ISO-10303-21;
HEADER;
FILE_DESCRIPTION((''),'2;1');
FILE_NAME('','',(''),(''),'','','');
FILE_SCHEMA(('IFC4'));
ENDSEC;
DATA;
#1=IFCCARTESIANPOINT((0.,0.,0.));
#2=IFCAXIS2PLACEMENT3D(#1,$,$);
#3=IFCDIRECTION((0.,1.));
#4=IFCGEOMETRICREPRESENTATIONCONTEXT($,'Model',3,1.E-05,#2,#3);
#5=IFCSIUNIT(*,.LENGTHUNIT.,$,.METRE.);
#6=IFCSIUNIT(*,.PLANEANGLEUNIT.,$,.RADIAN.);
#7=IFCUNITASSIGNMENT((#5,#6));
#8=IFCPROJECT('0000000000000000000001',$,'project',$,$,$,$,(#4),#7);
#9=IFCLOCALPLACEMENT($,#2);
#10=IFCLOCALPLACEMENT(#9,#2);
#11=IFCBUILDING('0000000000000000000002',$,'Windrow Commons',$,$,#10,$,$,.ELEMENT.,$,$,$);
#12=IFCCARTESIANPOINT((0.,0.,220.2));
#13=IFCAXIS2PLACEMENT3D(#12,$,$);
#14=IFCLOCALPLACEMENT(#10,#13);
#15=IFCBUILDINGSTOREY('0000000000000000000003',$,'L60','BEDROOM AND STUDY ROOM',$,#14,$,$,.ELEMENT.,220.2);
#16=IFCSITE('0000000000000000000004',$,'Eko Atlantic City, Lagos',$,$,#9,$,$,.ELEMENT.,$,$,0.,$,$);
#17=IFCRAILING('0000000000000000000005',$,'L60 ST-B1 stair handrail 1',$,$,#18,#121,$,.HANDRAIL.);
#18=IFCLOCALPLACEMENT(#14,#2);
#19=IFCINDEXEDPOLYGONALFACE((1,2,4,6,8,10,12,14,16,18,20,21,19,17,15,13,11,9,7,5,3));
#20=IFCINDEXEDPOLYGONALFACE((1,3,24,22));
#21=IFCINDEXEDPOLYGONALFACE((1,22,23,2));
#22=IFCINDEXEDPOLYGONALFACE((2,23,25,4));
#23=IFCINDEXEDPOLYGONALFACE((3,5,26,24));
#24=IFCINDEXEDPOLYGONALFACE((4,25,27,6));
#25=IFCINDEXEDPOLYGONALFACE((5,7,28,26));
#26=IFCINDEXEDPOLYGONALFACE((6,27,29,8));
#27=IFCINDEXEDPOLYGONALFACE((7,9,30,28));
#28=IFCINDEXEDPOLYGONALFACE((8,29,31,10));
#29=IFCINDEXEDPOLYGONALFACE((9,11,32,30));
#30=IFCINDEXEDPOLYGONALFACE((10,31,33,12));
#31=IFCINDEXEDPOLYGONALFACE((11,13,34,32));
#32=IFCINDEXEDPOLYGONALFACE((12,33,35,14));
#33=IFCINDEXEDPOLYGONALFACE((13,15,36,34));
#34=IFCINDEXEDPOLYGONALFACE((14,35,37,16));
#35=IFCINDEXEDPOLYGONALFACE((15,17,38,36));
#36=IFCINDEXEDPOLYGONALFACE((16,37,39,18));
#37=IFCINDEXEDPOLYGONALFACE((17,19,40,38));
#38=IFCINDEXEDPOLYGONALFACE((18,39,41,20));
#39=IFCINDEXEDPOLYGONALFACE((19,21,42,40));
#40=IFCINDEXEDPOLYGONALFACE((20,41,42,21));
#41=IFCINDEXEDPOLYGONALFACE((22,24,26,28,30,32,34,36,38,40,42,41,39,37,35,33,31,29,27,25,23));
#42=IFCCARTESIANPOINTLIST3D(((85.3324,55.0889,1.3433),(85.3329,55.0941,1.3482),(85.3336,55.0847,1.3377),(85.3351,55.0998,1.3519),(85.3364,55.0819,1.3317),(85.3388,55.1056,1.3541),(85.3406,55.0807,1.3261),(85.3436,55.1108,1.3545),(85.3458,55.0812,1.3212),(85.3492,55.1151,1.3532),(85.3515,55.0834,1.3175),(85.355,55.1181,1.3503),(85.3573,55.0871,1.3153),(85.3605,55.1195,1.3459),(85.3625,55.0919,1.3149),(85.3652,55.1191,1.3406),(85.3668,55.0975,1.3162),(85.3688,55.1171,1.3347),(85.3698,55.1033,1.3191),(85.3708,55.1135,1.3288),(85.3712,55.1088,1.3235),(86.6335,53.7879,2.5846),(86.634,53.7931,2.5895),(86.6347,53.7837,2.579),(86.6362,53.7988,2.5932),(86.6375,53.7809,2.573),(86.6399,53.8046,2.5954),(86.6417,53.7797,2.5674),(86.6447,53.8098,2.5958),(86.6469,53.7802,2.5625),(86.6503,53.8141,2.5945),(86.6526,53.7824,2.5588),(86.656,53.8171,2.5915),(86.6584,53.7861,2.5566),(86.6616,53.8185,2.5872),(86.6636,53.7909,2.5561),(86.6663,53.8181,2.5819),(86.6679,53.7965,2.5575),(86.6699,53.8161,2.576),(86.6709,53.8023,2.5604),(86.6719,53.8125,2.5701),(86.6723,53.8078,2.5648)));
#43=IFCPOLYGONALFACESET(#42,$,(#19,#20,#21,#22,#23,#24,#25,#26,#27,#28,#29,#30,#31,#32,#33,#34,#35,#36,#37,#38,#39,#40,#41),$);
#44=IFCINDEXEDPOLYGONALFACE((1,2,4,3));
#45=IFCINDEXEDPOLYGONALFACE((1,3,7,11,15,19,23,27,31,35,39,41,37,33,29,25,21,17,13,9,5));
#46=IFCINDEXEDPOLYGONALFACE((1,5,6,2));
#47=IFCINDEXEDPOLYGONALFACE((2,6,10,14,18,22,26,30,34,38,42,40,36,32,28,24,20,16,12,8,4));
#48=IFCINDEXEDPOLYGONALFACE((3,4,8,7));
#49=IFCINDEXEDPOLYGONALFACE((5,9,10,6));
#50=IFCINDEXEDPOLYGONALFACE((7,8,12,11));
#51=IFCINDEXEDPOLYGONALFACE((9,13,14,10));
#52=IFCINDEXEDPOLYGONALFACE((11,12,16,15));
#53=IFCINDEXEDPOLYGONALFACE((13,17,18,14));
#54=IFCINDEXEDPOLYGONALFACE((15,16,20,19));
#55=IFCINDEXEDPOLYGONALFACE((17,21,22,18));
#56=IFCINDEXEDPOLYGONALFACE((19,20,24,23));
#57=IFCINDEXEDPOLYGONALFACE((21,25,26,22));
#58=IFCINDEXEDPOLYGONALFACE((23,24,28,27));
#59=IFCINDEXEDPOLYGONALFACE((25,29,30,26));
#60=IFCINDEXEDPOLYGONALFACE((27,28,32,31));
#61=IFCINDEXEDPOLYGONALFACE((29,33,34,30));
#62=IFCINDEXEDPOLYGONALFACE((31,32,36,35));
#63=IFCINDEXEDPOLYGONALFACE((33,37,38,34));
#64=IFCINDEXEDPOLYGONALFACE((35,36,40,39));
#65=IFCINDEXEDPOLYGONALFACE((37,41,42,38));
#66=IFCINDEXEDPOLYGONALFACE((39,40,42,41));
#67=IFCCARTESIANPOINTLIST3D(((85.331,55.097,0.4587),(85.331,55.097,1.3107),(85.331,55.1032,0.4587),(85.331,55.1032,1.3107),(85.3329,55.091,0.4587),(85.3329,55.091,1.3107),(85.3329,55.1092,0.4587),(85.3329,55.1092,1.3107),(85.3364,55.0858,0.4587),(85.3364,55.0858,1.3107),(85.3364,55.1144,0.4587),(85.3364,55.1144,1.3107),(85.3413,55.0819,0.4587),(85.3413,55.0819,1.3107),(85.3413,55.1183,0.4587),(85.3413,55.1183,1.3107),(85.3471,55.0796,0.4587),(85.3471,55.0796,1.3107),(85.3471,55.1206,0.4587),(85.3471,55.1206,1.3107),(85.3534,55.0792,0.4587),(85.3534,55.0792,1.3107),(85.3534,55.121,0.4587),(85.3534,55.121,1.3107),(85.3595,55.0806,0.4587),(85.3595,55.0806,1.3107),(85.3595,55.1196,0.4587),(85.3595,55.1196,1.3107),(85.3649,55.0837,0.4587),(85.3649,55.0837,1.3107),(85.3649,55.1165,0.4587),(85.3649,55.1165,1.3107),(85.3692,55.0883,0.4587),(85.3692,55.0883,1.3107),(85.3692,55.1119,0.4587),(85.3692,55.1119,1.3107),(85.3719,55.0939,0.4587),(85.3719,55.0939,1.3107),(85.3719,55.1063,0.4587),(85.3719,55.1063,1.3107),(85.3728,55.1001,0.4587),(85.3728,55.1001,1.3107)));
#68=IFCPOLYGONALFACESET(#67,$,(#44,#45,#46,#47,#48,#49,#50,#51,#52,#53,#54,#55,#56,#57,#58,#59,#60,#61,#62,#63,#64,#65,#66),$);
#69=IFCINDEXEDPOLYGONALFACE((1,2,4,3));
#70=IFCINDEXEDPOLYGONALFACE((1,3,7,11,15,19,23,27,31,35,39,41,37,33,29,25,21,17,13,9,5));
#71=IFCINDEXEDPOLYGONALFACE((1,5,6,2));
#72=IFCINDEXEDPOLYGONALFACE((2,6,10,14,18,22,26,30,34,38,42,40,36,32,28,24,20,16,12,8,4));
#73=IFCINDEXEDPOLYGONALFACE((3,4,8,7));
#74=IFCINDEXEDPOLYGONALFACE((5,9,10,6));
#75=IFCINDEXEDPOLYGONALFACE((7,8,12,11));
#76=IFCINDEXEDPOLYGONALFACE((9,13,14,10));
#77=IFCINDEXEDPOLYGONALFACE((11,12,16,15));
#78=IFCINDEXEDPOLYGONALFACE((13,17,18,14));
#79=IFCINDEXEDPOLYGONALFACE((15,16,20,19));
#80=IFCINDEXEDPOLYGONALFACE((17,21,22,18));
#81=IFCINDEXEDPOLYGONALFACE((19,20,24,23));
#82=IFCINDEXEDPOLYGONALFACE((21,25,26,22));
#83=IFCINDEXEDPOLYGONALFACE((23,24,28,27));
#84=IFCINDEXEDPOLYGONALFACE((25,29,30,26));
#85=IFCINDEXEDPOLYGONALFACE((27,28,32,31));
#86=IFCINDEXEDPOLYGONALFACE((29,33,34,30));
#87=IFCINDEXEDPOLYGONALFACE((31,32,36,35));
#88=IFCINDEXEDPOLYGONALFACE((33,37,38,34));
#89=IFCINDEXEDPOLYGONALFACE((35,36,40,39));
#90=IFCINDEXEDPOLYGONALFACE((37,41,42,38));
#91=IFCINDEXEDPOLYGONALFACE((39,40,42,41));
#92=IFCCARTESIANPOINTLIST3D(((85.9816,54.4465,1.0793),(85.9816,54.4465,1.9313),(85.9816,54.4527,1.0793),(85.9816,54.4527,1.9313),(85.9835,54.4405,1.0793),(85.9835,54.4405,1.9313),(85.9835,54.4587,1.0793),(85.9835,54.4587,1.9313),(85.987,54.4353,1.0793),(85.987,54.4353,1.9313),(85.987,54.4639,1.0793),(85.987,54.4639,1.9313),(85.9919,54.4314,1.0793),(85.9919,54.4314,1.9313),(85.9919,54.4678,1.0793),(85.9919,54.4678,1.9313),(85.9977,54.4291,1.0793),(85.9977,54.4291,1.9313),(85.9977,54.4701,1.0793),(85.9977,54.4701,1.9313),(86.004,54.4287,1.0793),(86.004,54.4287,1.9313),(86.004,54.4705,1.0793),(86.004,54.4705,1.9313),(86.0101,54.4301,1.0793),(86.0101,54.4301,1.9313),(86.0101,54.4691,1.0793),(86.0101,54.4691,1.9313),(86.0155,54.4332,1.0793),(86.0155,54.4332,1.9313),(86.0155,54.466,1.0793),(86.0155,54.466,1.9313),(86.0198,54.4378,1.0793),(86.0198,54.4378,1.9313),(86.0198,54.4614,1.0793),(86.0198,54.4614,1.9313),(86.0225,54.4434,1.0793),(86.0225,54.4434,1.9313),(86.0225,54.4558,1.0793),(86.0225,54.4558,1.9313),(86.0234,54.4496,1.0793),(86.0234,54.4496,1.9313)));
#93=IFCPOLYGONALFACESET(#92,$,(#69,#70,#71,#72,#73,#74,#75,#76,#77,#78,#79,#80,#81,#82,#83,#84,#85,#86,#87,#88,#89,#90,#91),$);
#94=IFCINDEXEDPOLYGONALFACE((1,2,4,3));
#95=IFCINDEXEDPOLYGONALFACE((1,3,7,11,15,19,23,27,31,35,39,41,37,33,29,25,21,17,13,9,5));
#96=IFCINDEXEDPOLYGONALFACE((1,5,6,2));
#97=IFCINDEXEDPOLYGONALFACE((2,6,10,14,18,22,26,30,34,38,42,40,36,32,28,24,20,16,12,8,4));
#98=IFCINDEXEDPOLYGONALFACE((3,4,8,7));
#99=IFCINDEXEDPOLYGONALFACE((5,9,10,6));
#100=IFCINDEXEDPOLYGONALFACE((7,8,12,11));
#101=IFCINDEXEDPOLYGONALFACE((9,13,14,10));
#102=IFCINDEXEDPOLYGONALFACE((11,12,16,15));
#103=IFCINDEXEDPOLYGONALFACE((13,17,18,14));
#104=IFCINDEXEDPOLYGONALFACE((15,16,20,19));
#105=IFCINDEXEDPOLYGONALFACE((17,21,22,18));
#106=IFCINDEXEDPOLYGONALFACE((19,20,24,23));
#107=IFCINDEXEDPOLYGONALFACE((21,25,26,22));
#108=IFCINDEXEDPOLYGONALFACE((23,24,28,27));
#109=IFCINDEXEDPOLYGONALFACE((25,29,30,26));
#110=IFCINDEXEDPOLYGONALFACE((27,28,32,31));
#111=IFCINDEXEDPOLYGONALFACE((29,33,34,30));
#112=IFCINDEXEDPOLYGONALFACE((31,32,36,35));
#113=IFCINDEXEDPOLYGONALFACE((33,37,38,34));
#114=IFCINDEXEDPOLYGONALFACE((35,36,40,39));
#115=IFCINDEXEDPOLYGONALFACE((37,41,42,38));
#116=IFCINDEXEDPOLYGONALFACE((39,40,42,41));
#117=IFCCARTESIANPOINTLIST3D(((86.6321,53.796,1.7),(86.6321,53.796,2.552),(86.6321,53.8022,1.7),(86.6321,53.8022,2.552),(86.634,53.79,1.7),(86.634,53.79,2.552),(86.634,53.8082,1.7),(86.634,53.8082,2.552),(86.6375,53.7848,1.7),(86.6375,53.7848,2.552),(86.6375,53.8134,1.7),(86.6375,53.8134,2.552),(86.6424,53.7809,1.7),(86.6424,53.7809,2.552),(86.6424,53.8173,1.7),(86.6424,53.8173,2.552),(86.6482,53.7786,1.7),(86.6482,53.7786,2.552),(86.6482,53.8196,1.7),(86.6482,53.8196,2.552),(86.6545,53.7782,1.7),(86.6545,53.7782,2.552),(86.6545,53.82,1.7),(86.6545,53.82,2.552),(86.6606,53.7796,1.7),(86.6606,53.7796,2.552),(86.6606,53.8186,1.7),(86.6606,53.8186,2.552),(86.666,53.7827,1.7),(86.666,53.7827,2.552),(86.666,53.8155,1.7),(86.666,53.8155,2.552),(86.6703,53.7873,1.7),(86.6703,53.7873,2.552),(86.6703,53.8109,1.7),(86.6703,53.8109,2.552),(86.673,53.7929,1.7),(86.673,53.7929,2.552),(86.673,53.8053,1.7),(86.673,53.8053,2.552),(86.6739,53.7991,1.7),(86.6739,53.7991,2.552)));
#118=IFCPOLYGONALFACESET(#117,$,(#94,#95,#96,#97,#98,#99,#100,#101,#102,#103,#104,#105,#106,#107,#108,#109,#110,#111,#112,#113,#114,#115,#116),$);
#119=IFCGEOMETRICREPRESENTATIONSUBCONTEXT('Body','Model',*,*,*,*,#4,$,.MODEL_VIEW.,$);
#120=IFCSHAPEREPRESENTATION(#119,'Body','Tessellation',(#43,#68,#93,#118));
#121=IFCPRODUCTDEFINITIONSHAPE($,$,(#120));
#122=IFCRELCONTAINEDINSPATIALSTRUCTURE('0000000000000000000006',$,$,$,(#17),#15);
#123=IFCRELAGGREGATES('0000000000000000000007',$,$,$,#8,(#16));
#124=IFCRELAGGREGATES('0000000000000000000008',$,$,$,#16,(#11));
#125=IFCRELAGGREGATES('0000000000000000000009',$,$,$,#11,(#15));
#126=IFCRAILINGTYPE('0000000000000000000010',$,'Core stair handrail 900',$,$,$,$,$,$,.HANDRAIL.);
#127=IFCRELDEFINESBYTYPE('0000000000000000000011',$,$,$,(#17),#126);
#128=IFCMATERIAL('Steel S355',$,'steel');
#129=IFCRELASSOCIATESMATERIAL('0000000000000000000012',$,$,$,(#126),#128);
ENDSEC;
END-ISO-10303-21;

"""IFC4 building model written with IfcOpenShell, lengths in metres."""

from ifc_helpers import new_model, si_unit, direction, frame, origin, origin_2d, place, context, subcontext, project, spatial, circle, extrude, material, type_object, element, save


model = new_model("IFC4")

# Units and contexts
model_context = context("Model", 3, precision=1e-05, world=origin(), true_north=direction((0.0, 1.0)))
body_context = subcontext(model_context, "Body", "Model", "MODEL_VIEW")
ifc_project = project(units=[si_unit("LENGTHUNIT", "METRE"), si_unit("PLANEANGLEUNIT", "RADIAN")], contexts=[model_context])

# Site, building, storey
site_placement = place(None, origin())
site = spatial("IfcSite", under=ifc_project, at=site_placement, Name="Eko Atlantic City, Lagos", CompositionType="ELEMENT", RefElevation=0.0)
building_placement = place(site_placement, origin())
building = spatial("IfcBuilding", under=site, at=building_placement, Name="Windrow Commons", CompositionType="ELEMENT")
storey_placement = place(building_placement, frame((0.0, 0.0, 220.2)))
storey = spatial("IfcBuildingStorey", under=building, at=storey_placement, Name="L60", Description="BEDROOM AND STUDY ROOM", CompositionType="ELEMENT", Elevation=220.2)

# Railing
ifc_material_1 = material(Name="Steel S355", Category="steel")
railing_type_1 = type_object("IfcRailingType", Name="Core stair handrail 900", PredefinedType="HANDRAIL", material=ifc_material_1)
railing_1_placement = place(storey_placement, frame((85.3518, 55.1001, 0.4587)))
element("IfcRailing", 1, at=railing_1_placement, inside=storey, type_object=railing_type_1, Name="L60 ST-B1 stair handrail 1", PredefinedType="HANDRAIL", context=body_context, shape_type="SweptSolid", body=[
    extrude(circle(Radius=0.024, at=origin_2d()), frame((0.0, 0.0, 0.876), z_axis=(0.586207, -0.586162, 0.559264), x_axis=(0.70708, 0.707134, 0.0)), (0.0, 0.0, 1.0), 2.2195),
    extrude(circle(Radius=0.021, at=origin_2d()), origin(), (0.0, 0.0, 1.0), 0.852),
    extrude(circle(Radius=0.021, at=origin_2d()), frame((0.6506, -0.6505, 0.6206)), (0.0, 0.0, 1.0), 0.852),
    extrude(circle(Radius=0.021, at=origin_2d()), frame((1.3011, -1.301, 1.2413)), (0.0, 0.0, 1.0), 0.852),
])

save(model, "model.ifc")
